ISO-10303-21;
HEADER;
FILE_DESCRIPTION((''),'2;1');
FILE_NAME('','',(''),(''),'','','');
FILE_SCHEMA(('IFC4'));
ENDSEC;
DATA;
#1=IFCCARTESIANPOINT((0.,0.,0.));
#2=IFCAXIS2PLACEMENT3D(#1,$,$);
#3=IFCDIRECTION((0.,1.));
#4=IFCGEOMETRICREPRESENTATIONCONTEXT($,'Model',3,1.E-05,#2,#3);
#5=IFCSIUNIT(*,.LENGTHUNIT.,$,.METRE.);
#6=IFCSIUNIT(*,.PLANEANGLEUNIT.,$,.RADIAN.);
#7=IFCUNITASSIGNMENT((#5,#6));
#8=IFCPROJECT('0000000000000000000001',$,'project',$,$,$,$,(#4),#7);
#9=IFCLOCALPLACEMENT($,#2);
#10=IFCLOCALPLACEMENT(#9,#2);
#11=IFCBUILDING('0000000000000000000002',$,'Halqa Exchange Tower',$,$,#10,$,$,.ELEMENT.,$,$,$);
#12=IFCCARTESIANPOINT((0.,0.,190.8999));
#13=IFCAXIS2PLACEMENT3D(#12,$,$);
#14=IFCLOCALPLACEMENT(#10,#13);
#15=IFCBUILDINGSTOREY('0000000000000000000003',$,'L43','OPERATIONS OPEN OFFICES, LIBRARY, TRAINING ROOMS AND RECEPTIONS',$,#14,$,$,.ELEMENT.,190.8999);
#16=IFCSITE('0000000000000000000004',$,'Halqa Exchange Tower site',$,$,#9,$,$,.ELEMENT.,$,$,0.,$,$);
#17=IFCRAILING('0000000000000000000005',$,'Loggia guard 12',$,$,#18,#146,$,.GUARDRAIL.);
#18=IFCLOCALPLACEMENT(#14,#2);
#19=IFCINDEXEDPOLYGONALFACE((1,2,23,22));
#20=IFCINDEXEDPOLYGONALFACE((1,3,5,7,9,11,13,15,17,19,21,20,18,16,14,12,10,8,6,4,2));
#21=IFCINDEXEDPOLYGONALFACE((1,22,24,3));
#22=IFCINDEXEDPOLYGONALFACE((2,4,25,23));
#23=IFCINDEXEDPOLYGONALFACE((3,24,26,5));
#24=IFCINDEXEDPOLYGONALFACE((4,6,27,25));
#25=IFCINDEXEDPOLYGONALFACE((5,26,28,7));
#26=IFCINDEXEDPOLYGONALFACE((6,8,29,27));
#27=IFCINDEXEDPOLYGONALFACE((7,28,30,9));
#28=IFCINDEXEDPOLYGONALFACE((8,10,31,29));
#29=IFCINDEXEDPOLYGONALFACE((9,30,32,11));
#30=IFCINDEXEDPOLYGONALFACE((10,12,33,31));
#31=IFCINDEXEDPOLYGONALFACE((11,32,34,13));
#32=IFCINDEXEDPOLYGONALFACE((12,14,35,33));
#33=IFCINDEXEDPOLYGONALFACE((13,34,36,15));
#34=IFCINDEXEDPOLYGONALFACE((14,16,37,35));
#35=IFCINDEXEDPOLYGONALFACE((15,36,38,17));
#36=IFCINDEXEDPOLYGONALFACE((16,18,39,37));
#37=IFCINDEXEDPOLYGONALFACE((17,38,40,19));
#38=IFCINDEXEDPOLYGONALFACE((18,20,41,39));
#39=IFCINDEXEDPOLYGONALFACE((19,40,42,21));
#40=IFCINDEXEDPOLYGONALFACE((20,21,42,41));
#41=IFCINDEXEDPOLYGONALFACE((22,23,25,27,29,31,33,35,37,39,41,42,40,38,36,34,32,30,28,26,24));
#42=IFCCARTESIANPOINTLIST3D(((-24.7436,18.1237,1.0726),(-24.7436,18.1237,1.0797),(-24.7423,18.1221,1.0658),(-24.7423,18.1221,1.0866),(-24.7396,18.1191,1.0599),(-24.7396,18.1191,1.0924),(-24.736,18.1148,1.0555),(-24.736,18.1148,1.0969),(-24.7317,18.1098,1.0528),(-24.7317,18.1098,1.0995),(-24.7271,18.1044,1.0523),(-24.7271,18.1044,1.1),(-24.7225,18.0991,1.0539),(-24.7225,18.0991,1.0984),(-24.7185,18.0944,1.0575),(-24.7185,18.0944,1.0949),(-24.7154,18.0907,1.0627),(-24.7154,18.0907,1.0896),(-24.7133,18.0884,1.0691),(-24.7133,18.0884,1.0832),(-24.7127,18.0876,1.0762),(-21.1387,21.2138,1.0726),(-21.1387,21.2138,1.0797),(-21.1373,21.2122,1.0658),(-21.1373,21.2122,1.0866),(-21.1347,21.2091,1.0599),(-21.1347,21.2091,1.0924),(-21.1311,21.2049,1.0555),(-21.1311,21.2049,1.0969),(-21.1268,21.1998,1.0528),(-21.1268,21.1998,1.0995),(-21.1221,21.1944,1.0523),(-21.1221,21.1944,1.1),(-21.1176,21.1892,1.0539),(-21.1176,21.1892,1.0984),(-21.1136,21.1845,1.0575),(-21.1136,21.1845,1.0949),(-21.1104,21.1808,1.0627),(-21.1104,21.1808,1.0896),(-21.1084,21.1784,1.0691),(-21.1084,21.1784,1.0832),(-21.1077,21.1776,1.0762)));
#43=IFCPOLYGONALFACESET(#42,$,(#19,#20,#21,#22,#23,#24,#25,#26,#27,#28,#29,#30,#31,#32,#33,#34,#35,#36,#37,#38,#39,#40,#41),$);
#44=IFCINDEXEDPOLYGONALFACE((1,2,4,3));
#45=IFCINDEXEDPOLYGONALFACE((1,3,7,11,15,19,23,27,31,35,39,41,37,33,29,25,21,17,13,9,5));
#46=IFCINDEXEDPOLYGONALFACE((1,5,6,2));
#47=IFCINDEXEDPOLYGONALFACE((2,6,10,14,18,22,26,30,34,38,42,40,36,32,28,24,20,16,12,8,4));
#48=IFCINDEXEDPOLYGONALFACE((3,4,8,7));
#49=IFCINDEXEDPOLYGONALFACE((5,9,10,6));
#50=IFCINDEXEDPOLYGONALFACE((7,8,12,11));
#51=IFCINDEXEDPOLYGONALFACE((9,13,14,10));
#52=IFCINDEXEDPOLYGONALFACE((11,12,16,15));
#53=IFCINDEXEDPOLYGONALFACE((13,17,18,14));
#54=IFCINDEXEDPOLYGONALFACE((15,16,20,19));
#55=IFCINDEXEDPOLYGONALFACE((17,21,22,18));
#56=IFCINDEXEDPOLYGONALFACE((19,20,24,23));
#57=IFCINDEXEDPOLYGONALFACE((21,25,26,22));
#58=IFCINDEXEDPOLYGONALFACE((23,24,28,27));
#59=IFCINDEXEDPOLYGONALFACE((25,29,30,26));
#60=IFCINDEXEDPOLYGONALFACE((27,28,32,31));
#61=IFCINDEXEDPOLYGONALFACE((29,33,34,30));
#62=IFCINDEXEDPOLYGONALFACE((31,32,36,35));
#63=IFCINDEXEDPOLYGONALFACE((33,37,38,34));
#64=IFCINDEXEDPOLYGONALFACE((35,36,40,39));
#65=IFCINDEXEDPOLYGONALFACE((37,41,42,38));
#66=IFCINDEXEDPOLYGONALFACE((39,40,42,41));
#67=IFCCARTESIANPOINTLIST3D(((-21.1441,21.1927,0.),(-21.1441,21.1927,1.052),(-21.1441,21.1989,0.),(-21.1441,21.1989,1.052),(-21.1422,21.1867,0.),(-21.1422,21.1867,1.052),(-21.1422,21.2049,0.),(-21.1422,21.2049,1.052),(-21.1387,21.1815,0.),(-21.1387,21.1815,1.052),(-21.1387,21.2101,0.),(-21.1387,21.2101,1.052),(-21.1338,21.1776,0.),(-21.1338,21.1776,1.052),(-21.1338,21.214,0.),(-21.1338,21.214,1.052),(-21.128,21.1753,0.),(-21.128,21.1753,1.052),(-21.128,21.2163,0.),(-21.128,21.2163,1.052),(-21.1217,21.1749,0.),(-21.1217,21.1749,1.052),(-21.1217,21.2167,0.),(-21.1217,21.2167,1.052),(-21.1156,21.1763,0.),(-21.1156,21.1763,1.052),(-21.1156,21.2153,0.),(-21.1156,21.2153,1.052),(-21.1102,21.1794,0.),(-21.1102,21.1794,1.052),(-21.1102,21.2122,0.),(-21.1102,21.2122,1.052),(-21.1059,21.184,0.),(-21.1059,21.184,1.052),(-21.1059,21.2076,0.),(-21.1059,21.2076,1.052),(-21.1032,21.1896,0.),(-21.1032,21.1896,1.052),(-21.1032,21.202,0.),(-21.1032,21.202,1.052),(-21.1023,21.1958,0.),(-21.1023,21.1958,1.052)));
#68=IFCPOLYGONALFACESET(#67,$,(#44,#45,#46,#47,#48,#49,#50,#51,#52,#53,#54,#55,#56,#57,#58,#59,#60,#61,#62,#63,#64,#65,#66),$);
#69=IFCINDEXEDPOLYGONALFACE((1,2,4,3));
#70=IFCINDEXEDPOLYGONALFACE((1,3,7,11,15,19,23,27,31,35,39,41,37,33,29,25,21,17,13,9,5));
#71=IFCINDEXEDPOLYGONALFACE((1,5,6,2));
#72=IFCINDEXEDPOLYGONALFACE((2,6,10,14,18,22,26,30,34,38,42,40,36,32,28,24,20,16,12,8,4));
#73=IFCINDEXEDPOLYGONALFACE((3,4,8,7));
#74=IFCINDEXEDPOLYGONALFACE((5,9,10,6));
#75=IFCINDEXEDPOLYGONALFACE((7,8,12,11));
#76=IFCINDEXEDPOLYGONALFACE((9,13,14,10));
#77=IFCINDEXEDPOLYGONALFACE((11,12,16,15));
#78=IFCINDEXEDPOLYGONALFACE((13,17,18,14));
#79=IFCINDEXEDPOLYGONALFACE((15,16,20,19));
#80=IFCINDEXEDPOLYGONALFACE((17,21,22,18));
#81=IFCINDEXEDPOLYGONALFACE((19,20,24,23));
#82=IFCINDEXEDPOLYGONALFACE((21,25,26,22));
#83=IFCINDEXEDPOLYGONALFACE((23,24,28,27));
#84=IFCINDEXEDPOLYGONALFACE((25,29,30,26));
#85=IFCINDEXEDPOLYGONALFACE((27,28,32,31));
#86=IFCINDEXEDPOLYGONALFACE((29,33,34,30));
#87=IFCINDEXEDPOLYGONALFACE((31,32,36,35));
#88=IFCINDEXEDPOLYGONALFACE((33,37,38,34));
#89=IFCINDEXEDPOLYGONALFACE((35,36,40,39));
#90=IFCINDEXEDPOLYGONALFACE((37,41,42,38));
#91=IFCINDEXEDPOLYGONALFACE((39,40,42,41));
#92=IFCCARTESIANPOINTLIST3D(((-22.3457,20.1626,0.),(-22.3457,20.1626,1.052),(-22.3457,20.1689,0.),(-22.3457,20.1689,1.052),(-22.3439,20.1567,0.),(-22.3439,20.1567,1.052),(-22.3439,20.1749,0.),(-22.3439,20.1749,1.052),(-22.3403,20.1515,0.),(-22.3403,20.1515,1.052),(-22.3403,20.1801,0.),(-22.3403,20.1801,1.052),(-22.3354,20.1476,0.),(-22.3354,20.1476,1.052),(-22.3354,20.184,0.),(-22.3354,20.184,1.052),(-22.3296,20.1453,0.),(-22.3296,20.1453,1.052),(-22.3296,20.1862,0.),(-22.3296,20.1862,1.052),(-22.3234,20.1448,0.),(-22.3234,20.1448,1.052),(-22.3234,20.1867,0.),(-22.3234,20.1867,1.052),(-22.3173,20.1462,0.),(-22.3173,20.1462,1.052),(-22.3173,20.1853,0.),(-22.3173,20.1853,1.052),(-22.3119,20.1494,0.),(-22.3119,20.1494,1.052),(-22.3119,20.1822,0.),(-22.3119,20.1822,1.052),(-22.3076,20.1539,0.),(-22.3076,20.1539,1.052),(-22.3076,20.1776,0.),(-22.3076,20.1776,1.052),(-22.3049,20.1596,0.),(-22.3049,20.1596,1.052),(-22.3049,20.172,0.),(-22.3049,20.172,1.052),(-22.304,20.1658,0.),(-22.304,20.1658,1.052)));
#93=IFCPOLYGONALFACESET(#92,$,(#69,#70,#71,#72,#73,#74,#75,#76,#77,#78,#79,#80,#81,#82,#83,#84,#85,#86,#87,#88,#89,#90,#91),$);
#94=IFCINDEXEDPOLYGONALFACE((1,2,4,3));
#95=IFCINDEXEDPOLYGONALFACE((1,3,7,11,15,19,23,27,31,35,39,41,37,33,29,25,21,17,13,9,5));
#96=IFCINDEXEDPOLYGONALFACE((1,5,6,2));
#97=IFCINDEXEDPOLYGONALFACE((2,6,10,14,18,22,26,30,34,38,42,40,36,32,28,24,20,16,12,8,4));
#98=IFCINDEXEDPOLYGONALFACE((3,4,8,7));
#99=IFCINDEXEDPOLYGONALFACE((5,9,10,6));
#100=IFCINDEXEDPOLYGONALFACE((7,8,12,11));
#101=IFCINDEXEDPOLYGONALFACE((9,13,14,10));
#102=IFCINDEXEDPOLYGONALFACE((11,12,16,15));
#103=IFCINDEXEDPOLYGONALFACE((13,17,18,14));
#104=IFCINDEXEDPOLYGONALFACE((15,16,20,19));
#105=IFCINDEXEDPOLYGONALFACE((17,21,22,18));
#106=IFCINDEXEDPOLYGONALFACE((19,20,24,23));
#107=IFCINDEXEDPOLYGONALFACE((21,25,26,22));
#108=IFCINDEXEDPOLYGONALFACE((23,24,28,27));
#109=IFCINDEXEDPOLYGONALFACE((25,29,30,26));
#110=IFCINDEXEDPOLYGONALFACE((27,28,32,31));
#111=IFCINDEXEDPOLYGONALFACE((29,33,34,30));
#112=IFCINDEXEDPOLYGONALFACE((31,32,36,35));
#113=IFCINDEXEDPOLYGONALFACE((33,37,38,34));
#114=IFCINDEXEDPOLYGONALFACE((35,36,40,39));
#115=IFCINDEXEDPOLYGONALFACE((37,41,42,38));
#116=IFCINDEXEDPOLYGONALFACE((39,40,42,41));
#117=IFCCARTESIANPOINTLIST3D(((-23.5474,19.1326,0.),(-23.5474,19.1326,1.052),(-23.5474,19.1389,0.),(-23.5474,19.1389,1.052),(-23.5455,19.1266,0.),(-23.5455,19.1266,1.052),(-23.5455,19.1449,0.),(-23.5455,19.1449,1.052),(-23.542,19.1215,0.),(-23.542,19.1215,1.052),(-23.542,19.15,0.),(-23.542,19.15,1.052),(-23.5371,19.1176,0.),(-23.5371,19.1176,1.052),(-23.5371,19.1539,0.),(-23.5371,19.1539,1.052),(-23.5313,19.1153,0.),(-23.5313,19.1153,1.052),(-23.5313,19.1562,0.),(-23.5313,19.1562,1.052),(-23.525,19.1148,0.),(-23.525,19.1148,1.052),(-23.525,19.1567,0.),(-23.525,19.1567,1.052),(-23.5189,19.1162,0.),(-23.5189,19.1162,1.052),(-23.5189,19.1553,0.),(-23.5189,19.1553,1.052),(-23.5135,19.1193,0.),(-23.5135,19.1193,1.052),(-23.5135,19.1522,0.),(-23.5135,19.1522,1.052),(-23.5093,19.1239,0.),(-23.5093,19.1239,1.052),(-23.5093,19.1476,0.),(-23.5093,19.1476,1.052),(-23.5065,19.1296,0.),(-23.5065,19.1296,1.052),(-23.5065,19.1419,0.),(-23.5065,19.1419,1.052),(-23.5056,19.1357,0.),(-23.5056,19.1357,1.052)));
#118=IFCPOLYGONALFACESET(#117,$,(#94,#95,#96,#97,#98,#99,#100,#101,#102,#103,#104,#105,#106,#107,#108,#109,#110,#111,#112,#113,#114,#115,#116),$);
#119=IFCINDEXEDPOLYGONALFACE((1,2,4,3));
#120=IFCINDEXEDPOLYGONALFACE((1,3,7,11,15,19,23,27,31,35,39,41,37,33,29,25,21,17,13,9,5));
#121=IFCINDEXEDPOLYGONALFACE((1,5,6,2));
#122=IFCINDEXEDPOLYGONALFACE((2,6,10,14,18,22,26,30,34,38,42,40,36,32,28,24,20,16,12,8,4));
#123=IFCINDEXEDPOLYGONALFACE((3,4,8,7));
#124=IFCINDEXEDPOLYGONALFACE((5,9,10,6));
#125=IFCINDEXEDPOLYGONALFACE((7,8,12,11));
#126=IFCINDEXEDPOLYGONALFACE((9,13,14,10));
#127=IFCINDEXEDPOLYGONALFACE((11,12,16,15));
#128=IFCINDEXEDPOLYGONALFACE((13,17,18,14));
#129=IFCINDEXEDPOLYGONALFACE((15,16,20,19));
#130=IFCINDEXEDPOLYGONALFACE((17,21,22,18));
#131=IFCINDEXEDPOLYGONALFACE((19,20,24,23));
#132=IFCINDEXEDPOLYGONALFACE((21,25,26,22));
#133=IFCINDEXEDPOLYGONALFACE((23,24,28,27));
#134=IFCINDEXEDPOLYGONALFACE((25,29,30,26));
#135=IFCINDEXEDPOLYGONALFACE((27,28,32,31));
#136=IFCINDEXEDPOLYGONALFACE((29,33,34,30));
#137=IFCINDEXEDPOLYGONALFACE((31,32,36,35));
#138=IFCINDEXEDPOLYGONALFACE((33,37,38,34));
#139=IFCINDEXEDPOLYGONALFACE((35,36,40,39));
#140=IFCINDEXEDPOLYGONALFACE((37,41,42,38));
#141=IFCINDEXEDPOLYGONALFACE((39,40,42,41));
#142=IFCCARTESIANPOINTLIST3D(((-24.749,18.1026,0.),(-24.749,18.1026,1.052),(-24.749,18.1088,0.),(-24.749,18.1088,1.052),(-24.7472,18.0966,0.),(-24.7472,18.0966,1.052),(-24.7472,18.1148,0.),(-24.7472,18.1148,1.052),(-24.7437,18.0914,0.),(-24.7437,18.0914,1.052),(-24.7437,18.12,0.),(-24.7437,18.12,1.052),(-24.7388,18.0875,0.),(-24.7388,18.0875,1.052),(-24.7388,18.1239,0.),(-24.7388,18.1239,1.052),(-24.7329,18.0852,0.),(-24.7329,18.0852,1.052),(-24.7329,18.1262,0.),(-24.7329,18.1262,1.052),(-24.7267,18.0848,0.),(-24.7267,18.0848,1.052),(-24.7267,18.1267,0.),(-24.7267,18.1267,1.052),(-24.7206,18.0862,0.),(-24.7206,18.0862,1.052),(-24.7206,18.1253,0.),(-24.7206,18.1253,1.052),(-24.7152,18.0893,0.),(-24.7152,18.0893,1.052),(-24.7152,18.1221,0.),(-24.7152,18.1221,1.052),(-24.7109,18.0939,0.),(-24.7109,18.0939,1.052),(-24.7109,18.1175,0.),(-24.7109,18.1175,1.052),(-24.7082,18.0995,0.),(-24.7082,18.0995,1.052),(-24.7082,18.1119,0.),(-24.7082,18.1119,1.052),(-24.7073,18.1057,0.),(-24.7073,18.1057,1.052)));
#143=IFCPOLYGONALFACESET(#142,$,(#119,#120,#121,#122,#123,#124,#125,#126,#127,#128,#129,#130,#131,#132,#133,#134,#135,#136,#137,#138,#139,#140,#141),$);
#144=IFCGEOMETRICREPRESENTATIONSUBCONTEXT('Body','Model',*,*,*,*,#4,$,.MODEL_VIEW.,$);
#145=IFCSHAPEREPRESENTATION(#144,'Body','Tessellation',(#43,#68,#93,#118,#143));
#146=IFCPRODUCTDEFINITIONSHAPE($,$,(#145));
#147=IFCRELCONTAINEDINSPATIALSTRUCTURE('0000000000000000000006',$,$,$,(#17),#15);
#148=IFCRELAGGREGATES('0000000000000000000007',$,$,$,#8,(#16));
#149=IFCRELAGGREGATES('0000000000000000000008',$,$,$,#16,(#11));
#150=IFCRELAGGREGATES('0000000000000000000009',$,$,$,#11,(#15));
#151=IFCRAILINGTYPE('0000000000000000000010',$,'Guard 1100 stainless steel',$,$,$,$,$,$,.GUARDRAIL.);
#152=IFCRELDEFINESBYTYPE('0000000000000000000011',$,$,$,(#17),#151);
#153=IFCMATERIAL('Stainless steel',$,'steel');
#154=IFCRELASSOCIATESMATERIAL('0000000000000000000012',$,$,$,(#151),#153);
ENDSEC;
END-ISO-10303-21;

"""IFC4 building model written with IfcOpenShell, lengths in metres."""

from ifc_helpers import new_model, si_unit, direction, frame, origin, origin_2d, place, context, subcontext, project, spatial, circle, extrude, material, type_object, element, save


model = new_model("IFC4")

# Units and contexts
model_context = context("Model", 3, precision=1e-05, world=origin(), true_north=direction((0.0, 1.0)))
body_context = subcontext(model_context, "Body", "Model", "MODEL_VIEW")
ifc_project = project(units=[si_unit("LENGTHUNIT", "METRE"), si_unit("PLANEANGLEUNIT", "RADIAN")], contexts=[model_context])

# Site, building, storey
site_placement = place(None, origin())
site = spatial("IfcSite", under=ifc_project, at=site_placement, Name="Halqa Exchange Tower site", CompositionType="ELEMENT", RefElevation=0.0)
building_placement = place(site_placement, origin())
building = spatial("IfcBuilding", under=site, at=building_placement, Name="Halqa Exchange Tower", CompositionType="ELEMENT")
storey_placement = place(building_placement, frame((0.0, 0.0, 190.8999)))
storey = spatial("IfcBuildingStorey", under=building, at=storey_placement, Name="L43", Description="OPERATIONS OPEN OFFICES, LIBRARY, TRAINING ROOMS AND RECEPTIONS", CompositionType="ELEMENT", Elevation=190.8999)

# Railing
ifc_material_1 = material(Name="Stainless steel", Category="steel")
railing_type = type_object("IfcRailingType", Name="Guard 1100 stainless steel", PredefinedType="GUARDRAIL", material=ifc_material_1)
railing_1_placement = place(storey_placement, frame((-21.1233, 21.1958, 0.0)))
element("IfcRailing", 1, at=railing_1_placement, inside=storey, type_object=railing_type, Name="Loggia guard 12", PredefinedType="GUARDRAIL", context=body_context, shape_type="SweptSolid", body=[
    extrude(circle(Radius=0.0239, at=origin_2d()), frame((0.0, 0.0, 1.0762), z_axis=(-0.759246, -0.650804, 0.0), x_axis=(0.650804, -0.759246, 0.0)), (0.0, 0.0, 1.0), 4.748),
    extrude(circle(Radius=0.021, at=origin_2d()), origin(), (0.0, 0.0, 1.0), 1.052),
    extrude(circle(Radius=0.021, at=origin_2d()), frame((-1.2017, -1.03, 0.0)), (0.0, 0.0, 1.0), 1.052),
    extrude(circle(Radius=0.021, at=origin_2d()), frame((-2.4033, -2.0601, 0.0)), (0.0, 0.0, 1.0), 1.052),
    extrude(circle(Radius=0.021, at=origin_2d()), frame((-3.605, -3.0901, 0.0)), (0.0, 0.0, 1.0), 1.052),
])

save(model, "model.ifc")
